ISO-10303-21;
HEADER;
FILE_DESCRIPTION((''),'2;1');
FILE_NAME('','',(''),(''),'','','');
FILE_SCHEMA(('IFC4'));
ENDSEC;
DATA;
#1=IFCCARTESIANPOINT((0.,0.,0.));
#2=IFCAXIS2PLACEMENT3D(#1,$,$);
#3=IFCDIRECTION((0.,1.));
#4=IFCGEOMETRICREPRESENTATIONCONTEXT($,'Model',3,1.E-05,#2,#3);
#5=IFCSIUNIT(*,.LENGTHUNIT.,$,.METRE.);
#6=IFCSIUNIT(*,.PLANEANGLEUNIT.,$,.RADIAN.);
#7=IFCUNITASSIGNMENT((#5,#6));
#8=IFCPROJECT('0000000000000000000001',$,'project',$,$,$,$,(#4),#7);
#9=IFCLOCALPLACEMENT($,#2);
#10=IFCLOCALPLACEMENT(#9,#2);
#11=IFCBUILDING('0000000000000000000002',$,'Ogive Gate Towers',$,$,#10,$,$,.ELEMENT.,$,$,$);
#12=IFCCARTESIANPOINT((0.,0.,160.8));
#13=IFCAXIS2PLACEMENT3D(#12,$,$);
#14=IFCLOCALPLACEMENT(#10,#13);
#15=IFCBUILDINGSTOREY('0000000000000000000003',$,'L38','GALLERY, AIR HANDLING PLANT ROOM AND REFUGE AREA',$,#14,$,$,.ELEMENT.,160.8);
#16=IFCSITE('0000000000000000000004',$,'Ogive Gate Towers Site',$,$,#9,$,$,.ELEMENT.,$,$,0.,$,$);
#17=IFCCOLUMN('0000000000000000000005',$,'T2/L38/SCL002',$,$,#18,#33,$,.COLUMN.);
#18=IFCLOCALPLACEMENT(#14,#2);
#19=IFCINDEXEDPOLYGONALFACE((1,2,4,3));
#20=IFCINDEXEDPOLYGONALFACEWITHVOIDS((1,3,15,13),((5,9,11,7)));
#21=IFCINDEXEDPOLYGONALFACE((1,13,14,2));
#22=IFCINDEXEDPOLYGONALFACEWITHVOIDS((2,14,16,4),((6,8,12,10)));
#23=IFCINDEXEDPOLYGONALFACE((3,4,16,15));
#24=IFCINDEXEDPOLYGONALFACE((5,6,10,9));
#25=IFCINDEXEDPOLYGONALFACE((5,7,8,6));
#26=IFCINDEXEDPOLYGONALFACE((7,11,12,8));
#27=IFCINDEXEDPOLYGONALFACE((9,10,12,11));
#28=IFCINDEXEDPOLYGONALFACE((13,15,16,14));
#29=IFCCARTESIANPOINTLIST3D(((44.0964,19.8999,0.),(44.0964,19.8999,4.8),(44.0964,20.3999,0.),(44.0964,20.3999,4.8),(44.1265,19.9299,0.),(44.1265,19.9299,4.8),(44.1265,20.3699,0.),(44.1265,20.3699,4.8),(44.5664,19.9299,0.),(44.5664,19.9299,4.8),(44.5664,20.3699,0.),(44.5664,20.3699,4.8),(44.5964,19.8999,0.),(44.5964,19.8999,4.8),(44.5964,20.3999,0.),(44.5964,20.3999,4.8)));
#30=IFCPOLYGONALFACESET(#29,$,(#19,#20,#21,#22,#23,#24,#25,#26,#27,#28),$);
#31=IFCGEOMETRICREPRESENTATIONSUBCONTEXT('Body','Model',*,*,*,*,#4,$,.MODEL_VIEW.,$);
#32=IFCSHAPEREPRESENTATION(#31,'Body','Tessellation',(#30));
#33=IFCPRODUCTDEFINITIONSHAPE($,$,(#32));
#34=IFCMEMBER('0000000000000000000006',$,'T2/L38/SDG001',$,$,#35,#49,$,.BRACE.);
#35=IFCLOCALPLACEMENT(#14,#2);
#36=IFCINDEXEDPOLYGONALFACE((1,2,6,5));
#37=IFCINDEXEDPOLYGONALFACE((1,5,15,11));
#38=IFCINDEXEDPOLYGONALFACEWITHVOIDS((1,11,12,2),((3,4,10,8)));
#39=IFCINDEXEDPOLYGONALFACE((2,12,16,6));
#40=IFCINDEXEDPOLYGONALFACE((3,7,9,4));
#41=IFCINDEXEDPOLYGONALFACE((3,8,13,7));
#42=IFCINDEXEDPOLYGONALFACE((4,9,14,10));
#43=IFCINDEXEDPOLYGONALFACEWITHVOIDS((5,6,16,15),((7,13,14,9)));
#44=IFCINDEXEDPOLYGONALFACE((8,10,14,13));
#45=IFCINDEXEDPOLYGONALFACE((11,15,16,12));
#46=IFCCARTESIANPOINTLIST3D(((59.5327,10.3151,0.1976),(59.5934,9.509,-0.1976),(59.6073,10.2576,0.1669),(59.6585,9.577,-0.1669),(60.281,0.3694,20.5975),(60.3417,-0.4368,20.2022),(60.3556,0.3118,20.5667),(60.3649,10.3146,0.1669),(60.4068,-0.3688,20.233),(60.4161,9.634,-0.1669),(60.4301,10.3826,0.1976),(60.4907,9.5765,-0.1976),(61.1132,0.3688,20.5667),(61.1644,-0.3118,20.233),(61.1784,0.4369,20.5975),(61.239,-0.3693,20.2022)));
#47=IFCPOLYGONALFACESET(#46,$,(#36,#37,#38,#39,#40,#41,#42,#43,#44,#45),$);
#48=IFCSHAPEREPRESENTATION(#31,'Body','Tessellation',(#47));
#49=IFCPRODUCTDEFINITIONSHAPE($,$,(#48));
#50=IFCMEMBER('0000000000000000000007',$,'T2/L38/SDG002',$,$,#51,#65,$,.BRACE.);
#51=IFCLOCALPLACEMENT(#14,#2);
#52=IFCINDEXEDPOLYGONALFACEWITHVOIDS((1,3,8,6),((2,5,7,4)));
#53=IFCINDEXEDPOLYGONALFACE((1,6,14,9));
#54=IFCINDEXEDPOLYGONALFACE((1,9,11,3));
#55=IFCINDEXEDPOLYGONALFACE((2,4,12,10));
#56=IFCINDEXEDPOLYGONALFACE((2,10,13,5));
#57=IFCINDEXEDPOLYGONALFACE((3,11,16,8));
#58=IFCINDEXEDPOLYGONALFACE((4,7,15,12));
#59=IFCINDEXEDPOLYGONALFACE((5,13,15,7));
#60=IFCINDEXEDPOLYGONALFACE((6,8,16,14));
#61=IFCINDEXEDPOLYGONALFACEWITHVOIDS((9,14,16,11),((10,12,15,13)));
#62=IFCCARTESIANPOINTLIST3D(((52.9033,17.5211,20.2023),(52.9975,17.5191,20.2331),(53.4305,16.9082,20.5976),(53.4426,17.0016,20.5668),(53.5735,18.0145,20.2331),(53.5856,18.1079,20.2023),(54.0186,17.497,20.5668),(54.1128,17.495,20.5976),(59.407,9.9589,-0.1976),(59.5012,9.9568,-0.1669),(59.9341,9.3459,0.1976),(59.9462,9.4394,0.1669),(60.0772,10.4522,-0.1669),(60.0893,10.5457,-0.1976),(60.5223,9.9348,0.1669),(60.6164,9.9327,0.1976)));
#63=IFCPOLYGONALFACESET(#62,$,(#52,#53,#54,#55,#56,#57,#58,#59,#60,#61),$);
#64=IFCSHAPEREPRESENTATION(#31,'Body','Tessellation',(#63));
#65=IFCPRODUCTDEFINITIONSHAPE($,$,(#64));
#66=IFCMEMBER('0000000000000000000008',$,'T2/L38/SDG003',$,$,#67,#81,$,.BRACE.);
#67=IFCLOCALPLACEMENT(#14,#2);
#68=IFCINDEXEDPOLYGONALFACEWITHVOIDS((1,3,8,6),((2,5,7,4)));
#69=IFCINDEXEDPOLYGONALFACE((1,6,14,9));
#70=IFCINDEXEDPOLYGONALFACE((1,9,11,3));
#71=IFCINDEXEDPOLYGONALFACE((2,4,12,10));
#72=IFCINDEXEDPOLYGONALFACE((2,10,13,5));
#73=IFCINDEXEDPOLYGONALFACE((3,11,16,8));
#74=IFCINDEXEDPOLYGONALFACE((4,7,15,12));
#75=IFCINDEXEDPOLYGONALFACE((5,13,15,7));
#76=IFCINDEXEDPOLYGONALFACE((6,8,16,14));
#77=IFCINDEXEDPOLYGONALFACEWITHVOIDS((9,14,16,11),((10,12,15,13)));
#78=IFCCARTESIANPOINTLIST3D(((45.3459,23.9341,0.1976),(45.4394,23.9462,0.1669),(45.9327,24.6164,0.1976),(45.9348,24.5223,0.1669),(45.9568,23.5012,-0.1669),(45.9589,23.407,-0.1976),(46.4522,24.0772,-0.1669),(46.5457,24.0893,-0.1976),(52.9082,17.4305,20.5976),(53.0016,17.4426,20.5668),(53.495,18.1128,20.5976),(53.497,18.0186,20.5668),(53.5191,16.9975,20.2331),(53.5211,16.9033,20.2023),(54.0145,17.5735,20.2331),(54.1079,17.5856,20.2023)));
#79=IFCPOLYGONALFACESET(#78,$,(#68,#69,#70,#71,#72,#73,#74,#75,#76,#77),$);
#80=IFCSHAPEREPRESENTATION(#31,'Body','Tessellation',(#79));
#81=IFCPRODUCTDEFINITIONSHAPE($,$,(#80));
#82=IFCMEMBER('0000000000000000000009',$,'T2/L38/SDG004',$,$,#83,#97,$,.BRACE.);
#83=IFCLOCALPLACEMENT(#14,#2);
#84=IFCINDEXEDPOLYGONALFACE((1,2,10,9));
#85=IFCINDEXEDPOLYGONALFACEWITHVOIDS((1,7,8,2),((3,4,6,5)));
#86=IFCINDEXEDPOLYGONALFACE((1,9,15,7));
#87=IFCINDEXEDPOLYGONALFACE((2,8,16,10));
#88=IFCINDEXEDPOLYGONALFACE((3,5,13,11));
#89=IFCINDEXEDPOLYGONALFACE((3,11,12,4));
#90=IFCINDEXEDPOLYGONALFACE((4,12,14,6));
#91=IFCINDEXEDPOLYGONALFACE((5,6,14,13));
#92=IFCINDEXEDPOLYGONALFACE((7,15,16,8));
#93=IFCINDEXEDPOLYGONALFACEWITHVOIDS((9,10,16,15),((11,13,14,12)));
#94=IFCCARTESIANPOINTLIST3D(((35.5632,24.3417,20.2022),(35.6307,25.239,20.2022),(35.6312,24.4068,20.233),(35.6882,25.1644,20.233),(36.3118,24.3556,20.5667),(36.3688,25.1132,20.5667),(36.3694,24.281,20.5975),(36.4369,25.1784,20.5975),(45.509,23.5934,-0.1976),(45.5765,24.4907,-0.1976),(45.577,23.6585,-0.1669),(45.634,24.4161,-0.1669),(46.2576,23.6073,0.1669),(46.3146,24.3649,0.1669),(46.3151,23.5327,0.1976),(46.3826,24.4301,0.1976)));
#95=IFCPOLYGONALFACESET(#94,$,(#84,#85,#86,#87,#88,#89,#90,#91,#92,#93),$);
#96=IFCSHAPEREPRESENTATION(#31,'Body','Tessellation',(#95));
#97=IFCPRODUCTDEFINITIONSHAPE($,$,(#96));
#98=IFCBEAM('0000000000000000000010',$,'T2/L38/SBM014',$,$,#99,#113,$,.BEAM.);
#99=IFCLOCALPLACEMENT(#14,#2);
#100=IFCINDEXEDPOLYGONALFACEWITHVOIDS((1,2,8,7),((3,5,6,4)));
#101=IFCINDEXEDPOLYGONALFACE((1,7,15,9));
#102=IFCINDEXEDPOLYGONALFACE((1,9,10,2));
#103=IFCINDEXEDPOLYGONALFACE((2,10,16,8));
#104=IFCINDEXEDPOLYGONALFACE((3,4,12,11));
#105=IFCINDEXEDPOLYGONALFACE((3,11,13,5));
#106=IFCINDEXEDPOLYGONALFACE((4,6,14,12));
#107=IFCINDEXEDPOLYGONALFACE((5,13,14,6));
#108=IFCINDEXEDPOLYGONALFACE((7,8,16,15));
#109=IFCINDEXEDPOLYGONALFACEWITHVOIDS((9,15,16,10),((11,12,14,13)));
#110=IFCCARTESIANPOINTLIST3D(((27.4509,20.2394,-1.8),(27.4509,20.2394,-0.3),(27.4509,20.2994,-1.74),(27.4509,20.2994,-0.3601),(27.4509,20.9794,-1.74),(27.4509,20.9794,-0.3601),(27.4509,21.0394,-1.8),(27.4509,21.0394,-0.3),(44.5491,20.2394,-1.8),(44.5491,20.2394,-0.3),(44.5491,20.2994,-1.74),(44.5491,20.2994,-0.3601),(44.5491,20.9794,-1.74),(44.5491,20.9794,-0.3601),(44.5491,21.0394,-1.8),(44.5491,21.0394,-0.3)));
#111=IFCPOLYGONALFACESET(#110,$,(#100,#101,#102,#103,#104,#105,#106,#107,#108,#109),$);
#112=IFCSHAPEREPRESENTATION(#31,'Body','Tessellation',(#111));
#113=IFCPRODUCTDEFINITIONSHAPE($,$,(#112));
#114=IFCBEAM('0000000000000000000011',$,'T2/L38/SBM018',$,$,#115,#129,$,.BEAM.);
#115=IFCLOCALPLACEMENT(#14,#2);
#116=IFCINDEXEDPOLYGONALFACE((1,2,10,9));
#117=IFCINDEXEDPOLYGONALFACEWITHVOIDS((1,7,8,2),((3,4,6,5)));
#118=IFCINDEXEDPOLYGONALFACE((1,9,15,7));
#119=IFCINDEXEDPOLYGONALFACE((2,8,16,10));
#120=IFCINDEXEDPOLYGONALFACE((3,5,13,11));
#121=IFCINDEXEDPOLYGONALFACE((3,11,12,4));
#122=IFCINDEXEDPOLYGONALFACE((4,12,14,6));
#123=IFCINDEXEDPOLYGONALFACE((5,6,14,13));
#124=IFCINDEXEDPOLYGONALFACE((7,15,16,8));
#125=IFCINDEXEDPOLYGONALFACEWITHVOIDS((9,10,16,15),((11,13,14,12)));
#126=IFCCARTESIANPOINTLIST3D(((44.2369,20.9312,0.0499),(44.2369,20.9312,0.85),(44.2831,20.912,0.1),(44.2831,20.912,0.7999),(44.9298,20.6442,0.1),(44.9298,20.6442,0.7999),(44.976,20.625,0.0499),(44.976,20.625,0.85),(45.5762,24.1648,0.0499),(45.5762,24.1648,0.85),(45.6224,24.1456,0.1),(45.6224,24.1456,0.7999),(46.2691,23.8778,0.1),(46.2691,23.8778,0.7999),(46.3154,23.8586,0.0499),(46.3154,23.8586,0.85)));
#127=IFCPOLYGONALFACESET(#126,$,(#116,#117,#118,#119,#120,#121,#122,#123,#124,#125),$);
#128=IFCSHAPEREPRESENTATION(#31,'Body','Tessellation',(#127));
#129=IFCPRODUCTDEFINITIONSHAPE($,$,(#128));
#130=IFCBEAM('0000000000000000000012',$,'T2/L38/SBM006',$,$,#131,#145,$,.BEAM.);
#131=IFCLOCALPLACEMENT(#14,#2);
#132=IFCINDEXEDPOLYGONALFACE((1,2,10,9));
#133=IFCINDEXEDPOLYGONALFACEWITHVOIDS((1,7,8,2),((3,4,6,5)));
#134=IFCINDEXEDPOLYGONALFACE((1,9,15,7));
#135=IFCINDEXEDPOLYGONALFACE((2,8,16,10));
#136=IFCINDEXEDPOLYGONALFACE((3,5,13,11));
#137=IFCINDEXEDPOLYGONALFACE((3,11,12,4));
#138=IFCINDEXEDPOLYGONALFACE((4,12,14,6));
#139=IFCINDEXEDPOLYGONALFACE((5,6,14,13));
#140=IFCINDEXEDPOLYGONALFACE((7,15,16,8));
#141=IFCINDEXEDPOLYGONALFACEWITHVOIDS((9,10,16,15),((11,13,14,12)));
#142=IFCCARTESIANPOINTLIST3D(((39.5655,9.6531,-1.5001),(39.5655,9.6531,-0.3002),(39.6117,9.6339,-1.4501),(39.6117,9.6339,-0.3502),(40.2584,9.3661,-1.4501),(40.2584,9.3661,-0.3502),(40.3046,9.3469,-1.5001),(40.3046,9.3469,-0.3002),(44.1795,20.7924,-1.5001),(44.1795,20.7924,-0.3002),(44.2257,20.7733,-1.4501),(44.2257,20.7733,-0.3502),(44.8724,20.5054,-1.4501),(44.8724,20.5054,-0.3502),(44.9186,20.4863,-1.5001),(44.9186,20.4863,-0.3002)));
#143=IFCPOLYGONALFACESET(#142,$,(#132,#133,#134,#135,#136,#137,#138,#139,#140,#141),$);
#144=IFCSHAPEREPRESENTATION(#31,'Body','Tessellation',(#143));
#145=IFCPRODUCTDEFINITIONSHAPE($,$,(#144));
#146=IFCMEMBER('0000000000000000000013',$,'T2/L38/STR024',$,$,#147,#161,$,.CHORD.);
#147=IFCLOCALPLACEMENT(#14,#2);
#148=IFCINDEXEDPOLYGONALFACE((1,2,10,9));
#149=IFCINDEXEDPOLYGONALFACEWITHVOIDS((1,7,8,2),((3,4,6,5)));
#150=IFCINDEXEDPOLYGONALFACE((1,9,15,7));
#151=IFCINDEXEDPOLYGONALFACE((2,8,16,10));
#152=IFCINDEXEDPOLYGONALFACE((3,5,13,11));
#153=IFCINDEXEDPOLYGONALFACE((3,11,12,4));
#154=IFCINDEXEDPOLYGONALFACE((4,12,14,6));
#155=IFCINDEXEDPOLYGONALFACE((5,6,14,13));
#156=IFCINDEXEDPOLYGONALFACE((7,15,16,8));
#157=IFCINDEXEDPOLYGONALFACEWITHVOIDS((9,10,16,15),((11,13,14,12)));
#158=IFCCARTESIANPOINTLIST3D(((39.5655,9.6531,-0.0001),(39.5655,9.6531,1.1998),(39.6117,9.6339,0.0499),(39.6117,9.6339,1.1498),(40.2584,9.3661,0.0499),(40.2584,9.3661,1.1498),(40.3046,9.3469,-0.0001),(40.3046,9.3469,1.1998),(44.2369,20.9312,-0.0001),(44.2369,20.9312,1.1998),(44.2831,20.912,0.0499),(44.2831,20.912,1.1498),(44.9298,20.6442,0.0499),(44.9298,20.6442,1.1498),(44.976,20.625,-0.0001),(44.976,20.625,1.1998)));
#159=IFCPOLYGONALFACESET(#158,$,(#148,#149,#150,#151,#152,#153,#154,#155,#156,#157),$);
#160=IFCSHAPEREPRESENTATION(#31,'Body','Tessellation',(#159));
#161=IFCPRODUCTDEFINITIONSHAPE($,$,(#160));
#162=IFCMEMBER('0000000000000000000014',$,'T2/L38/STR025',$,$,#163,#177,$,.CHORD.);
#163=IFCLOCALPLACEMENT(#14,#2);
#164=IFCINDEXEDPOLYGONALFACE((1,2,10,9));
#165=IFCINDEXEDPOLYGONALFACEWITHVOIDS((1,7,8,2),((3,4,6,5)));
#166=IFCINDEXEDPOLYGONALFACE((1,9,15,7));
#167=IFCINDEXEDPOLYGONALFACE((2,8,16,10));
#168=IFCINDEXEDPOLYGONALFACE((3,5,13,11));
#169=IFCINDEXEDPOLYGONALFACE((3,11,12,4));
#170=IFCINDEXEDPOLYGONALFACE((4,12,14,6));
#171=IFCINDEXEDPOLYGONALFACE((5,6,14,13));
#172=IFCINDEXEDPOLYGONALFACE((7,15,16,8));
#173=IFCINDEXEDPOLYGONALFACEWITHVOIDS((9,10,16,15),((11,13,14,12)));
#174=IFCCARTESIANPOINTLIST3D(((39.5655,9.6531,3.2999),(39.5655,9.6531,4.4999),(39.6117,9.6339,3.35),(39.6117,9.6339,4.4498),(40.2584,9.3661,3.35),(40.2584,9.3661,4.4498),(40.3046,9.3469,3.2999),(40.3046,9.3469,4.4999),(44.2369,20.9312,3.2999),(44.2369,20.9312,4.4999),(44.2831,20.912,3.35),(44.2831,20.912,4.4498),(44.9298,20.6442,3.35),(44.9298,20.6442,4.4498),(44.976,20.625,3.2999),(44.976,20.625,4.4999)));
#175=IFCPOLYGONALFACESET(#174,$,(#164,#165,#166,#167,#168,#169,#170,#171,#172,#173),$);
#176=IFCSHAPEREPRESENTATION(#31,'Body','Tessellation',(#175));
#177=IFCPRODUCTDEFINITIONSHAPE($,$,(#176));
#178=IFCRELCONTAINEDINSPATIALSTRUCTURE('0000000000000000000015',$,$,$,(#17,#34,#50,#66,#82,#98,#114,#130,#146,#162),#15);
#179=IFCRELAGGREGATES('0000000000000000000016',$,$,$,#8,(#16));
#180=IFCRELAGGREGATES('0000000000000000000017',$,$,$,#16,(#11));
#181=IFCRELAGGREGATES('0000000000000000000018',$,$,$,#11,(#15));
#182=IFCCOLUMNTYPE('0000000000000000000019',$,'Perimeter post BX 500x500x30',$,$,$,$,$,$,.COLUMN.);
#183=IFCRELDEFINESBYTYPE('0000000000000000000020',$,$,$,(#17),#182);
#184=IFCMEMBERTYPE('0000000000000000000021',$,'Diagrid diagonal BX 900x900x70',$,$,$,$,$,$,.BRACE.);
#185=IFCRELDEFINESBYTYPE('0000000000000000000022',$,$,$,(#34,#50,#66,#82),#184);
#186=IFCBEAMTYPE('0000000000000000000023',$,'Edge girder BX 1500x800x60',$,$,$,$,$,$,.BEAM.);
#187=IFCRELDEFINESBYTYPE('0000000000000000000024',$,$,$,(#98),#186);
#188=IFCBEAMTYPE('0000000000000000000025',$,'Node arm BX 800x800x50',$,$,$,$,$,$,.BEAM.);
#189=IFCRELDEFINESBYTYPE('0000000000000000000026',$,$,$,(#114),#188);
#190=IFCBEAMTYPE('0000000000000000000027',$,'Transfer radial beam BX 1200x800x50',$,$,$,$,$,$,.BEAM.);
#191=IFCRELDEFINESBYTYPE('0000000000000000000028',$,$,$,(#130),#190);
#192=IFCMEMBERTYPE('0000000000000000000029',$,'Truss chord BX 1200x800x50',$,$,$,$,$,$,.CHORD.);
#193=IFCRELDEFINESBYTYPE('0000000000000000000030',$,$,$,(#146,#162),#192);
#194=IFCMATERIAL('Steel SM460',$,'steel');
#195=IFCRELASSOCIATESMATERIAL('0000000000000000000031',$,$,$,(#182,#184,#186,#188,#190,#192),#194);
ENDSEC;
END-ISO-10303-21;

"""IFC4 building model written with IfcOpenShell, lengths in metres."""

from ifc_helpers import new_model, si_unit, direction, frame, origin, origin_2d, place, context, subcontext, project, spatial, hollow_rectangle, extrude, material, material_profile, profile_set, type_object, element, save


model = new_model("IFC4")

# Units and contexts
model_context = context("Model", 3, precision=1e-05, world=origin(), true_north=direction((0.0, 1.0)))
body_context = subcontext(model_context, "Body", "Model", "MODEL_VIEW")
ifc_project = project(units=[si_unit("LENGTHUNIT", "METRE"), si_unit("PLANEANGLEUNIT", "RADIAN")], contexts=[model_context])

# Site, building, storey
site_placement = place(None, origin())
site = spatial("IfcSite", under=ifc_project, at=site_placement, Name="Ogive Gate Towers Site", CompositionType="ELEMENT", RefElevation=0.0)
building_placement = place(site_placement, origin())
building = spatial("IfcBuilding", under=site, at=building_placement, Name="Ogive Gate Towers", CompositionType="ELEMENT")
storey_placement = place(building_placement, frame((0.0, 0.0, 160.8)))
storey = spatial("IfcBuildingStorey", under=building, at=storey_placement, Name="L38", Description="GALLERY, AIR HANDLING PLANT ROOM AND REFUGE AREA", CompositionType="ELEMENT", Elevation=160.8)

# Column
ifc_material_1 = material(Name="Steel SM460", Category="steel")
ifc_material_profile_1 = material_profile(ifc_material_1, hollow_rectangle(XDim=0.5, YDim=0.5, WallThickness=0.03, at=origin_2d()), Name="BX 500x500x30")
ifc_profile_set_1 = profile_set([ifc_material_profile_1], Name="Steel SM460")
column_type = type_object("IfcColumnType", Name="Perimeter post BX 500x500x30", PredefinedType="COLUMN", material=ifc_profile_set_1)
column_placement = place(storey_placement, frame((44.3464, 20.1499, 0.0), z_axis=(0.0, 0.0, 1.0), x_axis=(1.0, 0.0, 0.0)))
element("IfcColumn", 1, at=column_placement, inside=storey, type_object=column_type, Name="T2/L38/SCL002", PredefinedType="COLUMN", context=body_context, shape_type="SweptSolid", body=[
    extrude(hollow_rectangle(XDim=0.5, YDim=0.5, WallThickness=0.03, at=origin_2d()), origin(), (0.0, 0.0, 1.0), 4.8),
])

# Members
ifc_material_profile_2 = material_profile(ifc_material_1, hollow_rectangle(XDim=0.8999, YDim=0.8999, WallThickness=0.0701, at=origin_2d()), Name="BX 900x900x70")
ifc_profile_set_2 = profile_set([ifc_material_profile_2], Name="Steel SM460")
member_type_1 = type_object("IfcMemberType", Name="Diagrid diagonal BX 900x900x70", PredefinedType="BRACE", material=ifc_profile_set_2)
member_1_placement = place(storey_placement, frame((60.0117, 9.9458, 0.0), z_axis=(0.032953, -0.437994, 0.898374), x_axis=(0.997182, 0.075025, 0.0)))
element("IfcMember", 2, at=member_1_placement, inside=storey, type_object=member_type_1, Name="T2/L38/SDG001", PredefinedType="BRACE", context=body_context, shape_type="SweptSolid", body=[
    extrude(hollow_rectangle(XDim=0.8999, YDim=0.8999, WallThickness=0.0701, at=origin_2d()), origin(), (0.0, 0.0, 1.0), 22.7075),
])
for number, where, z_axis, x_axis, name in (
    (3, (60.0117, 9.9458, 0.0), (-0.286407, 0.333026, 0.898368), (-0.758179, -0.652046, 0.0), "T2/L38/SDG002"),
    (4, (45.9458, 24.0117, 0.0), (0.333026, -0.286407, 0.898368), (0.652046, 0.758179, 0.0), "T2/L38/SDG003"),
):
    element("IfcMember", number, at=place(storey_placement, frame(where, z_axis=z_axis, x_axis=x_axis)), inside=storey, type_object=member_type_1, Name=name, PredefinedType="BRACE", context=body_context, shape_type="SweptSolid", body=[
        extrude(hollow_rectangle(XDim=0.8999, YDim=0.8999, WallThickness=0.0701, at=origin_2d()), origin(), (0.0, 0.0, 1.0), 22.7078),
    ])
member_2_placement = place(storey_placement, frame((45.9458, 24.0117, 0.0), z_axis=(-0.437994, 0.032953, 0.898374), x_axis=(-0.075025, -0.997182, 0.0)))
element("IfcMember", 5, at=member_2_placement, inside=storey, type_object=member_type_1, Name="T2/L38/SDG004", PredefinedType="BRACE", context=body_context, shape_type="SweptSolid", body=[
    extrude(hollow_rectangle(XDim=0.8999, YDim=0.8999, WallThickness=0.0701, at=origin_2d()), origin(), (0.0, 0.0, 1.0), 22.7075),
])

# Beams
ifc_material_profile_3 = material_profile(ifc_material_1, hollow_rectangle(XDim=0.8, YDim=1.5, WallThickness=0.0601, at=origin_2d()), Name="BX 1500x800x60")
ifc_profile_set_3 = profile_set([ifc_material_profile_3], Name="Steel SM460")
beam_type_1 = type_object("IfcBeamType", Name="Edge girder BX 1500x800x60", PredefinedType="BEAM", material=ifc_profile_set_3)
beam_1_placement = place(storey_placement, frame((44.5491, 20.6394, -1.05), z_axis=(-1.0, 0.0, 0.0), x_axis=(0.0, -1.0, 0.0)))
element("IfcBeam", 6, at=beam_1_placement, inside=storey, type_object=beam_type_1, Name="T2/L38/SBM014", PredefinedType="BEAM", context=body_context, shape_type="SweptSolid", body=[
    extrude(hollow_rectangle(XDim=0.8, YDim=1.5, WallThickness=0.0601, at=origin_2d()), origin(), (0.0, 0.0, 1.0), 17.0981),
])
ifc_material_profile_4 = material_profile(ifc_material_1, hollow_rectangle(XDim=0.8, YDim=0.8, WallThickness=0.05, at=origin_2d()), Name="BX 800x800x50")
ifc_profile_set_4 = profile_set([ifc_material_profile_4], Name="Steel SM460")
beam_type_2 = type_object("IfcBeamType", Name="Node arm BX 800x800x50", PredefinedType="BEAM", material=ifc_profile_set_4)
beam_2_placement = place(storey_placement, frame((44.6064, 20.7781, 0.45), z_axis=(0.382668, 0.923886, 0.0), x_axis=(-0.923886, 0.382668, 0.0)))
element("IfcBeam", 7, at=beam_2_placement, inside=storey, type_object=beam_type_2, Name="T2/L38/SBM018", PredefinedType="BEAM", context=body_context, shape_type="SweptSolid", body=[
    extrude(hollow_rectangle(XDim=0.8, YDim=0.8, WallThickness=0.05, at=origin_2d()), origin(), (0.0, 0.0, 1.0), 3.5),
])
ifc_material_profile_5 = material_profile(ifc_material_1, hollow_rectangle(XDim=0.8, YDim=1.2, WallThickness=0.05, at=origin_2d()), Name="BX 1200x800x50")
ifc_profile_set_5 = profile_set([ifc_material_profile_5], Name="Steel SM460")
beam_type_3 = type_object("IfcBeamType", Name="Transfer radial beam BX 1200x800x50", PredefinedType="BEAM", material=ifc_profile_set_5)
beam_3_placement = place(storey_placement, frame((39.9351, 9.5, -0.9001), z_axis=(0.382678, 0.923882, 0.0), x_axis=(-0.923882, 0.382678, 0.0)))
element("IfcBeam", 8, at=beam_3_placement, inside=storey, type_object=beam_type_3, Name="T2/L38/SBM006", PredefinedType="BEAM", context=body_context, shape_type="SweptSolid", body=[
    extrude(hollow_rectangle(XDim=0.8, YDim=1.2, WallThickness=0.05, at=origin_2d()), origin(), (0.0, 0.0, 1.0), 12.0571),
])

# Members
ifc_material_profile_6 = material_profile(ifc_material_1, hollow_rectangle(XDim=0.8, YDim=1.2, WallThickness=0.05, at=origin_2d()), Name="BX 1200x800x50")
ifc_profile_set_6 = profile_set([ifc_material_profile_6], Name="Steel SM460")
member_type_2 = type_object("IfcMemberType", Name="Truss chord BX 1200x800x50", PredefinedType="CHORD", material=ifc_profile_set_6)
for number, where, z_axis, x_axis, name in (
    (9, (39.9351, 9.5, 0.5999), (0.382673, 0.923884, 0.0), (-0.923884, 0.382673, 0.0), "T2/L38/STR024"),
    (10, (39.9351, 9.5, 3.8999), (0.382673, 0.923884, 0.0), (-0.923884, 0.382673, 0.0), "T2/L38/STR025"),
):
    element("IfcMember", number, at=place(storey_placement, frame(where, z_axis=z_axis, x_axis=x_axis)), inside=storey, type_object=member_type_2, Name=name, PredefinedType="CHORD", context=body_context, shape_type="SweptSolid", body=[
        extrude(hollow_rectangle(XDim=0.8, YDim=1.2, WallThickness=0.05, at=origin_2d()), origin(), (0.0, 0.0, 1.0), 12.2073),
    ])

save(model, "model.ifc")
